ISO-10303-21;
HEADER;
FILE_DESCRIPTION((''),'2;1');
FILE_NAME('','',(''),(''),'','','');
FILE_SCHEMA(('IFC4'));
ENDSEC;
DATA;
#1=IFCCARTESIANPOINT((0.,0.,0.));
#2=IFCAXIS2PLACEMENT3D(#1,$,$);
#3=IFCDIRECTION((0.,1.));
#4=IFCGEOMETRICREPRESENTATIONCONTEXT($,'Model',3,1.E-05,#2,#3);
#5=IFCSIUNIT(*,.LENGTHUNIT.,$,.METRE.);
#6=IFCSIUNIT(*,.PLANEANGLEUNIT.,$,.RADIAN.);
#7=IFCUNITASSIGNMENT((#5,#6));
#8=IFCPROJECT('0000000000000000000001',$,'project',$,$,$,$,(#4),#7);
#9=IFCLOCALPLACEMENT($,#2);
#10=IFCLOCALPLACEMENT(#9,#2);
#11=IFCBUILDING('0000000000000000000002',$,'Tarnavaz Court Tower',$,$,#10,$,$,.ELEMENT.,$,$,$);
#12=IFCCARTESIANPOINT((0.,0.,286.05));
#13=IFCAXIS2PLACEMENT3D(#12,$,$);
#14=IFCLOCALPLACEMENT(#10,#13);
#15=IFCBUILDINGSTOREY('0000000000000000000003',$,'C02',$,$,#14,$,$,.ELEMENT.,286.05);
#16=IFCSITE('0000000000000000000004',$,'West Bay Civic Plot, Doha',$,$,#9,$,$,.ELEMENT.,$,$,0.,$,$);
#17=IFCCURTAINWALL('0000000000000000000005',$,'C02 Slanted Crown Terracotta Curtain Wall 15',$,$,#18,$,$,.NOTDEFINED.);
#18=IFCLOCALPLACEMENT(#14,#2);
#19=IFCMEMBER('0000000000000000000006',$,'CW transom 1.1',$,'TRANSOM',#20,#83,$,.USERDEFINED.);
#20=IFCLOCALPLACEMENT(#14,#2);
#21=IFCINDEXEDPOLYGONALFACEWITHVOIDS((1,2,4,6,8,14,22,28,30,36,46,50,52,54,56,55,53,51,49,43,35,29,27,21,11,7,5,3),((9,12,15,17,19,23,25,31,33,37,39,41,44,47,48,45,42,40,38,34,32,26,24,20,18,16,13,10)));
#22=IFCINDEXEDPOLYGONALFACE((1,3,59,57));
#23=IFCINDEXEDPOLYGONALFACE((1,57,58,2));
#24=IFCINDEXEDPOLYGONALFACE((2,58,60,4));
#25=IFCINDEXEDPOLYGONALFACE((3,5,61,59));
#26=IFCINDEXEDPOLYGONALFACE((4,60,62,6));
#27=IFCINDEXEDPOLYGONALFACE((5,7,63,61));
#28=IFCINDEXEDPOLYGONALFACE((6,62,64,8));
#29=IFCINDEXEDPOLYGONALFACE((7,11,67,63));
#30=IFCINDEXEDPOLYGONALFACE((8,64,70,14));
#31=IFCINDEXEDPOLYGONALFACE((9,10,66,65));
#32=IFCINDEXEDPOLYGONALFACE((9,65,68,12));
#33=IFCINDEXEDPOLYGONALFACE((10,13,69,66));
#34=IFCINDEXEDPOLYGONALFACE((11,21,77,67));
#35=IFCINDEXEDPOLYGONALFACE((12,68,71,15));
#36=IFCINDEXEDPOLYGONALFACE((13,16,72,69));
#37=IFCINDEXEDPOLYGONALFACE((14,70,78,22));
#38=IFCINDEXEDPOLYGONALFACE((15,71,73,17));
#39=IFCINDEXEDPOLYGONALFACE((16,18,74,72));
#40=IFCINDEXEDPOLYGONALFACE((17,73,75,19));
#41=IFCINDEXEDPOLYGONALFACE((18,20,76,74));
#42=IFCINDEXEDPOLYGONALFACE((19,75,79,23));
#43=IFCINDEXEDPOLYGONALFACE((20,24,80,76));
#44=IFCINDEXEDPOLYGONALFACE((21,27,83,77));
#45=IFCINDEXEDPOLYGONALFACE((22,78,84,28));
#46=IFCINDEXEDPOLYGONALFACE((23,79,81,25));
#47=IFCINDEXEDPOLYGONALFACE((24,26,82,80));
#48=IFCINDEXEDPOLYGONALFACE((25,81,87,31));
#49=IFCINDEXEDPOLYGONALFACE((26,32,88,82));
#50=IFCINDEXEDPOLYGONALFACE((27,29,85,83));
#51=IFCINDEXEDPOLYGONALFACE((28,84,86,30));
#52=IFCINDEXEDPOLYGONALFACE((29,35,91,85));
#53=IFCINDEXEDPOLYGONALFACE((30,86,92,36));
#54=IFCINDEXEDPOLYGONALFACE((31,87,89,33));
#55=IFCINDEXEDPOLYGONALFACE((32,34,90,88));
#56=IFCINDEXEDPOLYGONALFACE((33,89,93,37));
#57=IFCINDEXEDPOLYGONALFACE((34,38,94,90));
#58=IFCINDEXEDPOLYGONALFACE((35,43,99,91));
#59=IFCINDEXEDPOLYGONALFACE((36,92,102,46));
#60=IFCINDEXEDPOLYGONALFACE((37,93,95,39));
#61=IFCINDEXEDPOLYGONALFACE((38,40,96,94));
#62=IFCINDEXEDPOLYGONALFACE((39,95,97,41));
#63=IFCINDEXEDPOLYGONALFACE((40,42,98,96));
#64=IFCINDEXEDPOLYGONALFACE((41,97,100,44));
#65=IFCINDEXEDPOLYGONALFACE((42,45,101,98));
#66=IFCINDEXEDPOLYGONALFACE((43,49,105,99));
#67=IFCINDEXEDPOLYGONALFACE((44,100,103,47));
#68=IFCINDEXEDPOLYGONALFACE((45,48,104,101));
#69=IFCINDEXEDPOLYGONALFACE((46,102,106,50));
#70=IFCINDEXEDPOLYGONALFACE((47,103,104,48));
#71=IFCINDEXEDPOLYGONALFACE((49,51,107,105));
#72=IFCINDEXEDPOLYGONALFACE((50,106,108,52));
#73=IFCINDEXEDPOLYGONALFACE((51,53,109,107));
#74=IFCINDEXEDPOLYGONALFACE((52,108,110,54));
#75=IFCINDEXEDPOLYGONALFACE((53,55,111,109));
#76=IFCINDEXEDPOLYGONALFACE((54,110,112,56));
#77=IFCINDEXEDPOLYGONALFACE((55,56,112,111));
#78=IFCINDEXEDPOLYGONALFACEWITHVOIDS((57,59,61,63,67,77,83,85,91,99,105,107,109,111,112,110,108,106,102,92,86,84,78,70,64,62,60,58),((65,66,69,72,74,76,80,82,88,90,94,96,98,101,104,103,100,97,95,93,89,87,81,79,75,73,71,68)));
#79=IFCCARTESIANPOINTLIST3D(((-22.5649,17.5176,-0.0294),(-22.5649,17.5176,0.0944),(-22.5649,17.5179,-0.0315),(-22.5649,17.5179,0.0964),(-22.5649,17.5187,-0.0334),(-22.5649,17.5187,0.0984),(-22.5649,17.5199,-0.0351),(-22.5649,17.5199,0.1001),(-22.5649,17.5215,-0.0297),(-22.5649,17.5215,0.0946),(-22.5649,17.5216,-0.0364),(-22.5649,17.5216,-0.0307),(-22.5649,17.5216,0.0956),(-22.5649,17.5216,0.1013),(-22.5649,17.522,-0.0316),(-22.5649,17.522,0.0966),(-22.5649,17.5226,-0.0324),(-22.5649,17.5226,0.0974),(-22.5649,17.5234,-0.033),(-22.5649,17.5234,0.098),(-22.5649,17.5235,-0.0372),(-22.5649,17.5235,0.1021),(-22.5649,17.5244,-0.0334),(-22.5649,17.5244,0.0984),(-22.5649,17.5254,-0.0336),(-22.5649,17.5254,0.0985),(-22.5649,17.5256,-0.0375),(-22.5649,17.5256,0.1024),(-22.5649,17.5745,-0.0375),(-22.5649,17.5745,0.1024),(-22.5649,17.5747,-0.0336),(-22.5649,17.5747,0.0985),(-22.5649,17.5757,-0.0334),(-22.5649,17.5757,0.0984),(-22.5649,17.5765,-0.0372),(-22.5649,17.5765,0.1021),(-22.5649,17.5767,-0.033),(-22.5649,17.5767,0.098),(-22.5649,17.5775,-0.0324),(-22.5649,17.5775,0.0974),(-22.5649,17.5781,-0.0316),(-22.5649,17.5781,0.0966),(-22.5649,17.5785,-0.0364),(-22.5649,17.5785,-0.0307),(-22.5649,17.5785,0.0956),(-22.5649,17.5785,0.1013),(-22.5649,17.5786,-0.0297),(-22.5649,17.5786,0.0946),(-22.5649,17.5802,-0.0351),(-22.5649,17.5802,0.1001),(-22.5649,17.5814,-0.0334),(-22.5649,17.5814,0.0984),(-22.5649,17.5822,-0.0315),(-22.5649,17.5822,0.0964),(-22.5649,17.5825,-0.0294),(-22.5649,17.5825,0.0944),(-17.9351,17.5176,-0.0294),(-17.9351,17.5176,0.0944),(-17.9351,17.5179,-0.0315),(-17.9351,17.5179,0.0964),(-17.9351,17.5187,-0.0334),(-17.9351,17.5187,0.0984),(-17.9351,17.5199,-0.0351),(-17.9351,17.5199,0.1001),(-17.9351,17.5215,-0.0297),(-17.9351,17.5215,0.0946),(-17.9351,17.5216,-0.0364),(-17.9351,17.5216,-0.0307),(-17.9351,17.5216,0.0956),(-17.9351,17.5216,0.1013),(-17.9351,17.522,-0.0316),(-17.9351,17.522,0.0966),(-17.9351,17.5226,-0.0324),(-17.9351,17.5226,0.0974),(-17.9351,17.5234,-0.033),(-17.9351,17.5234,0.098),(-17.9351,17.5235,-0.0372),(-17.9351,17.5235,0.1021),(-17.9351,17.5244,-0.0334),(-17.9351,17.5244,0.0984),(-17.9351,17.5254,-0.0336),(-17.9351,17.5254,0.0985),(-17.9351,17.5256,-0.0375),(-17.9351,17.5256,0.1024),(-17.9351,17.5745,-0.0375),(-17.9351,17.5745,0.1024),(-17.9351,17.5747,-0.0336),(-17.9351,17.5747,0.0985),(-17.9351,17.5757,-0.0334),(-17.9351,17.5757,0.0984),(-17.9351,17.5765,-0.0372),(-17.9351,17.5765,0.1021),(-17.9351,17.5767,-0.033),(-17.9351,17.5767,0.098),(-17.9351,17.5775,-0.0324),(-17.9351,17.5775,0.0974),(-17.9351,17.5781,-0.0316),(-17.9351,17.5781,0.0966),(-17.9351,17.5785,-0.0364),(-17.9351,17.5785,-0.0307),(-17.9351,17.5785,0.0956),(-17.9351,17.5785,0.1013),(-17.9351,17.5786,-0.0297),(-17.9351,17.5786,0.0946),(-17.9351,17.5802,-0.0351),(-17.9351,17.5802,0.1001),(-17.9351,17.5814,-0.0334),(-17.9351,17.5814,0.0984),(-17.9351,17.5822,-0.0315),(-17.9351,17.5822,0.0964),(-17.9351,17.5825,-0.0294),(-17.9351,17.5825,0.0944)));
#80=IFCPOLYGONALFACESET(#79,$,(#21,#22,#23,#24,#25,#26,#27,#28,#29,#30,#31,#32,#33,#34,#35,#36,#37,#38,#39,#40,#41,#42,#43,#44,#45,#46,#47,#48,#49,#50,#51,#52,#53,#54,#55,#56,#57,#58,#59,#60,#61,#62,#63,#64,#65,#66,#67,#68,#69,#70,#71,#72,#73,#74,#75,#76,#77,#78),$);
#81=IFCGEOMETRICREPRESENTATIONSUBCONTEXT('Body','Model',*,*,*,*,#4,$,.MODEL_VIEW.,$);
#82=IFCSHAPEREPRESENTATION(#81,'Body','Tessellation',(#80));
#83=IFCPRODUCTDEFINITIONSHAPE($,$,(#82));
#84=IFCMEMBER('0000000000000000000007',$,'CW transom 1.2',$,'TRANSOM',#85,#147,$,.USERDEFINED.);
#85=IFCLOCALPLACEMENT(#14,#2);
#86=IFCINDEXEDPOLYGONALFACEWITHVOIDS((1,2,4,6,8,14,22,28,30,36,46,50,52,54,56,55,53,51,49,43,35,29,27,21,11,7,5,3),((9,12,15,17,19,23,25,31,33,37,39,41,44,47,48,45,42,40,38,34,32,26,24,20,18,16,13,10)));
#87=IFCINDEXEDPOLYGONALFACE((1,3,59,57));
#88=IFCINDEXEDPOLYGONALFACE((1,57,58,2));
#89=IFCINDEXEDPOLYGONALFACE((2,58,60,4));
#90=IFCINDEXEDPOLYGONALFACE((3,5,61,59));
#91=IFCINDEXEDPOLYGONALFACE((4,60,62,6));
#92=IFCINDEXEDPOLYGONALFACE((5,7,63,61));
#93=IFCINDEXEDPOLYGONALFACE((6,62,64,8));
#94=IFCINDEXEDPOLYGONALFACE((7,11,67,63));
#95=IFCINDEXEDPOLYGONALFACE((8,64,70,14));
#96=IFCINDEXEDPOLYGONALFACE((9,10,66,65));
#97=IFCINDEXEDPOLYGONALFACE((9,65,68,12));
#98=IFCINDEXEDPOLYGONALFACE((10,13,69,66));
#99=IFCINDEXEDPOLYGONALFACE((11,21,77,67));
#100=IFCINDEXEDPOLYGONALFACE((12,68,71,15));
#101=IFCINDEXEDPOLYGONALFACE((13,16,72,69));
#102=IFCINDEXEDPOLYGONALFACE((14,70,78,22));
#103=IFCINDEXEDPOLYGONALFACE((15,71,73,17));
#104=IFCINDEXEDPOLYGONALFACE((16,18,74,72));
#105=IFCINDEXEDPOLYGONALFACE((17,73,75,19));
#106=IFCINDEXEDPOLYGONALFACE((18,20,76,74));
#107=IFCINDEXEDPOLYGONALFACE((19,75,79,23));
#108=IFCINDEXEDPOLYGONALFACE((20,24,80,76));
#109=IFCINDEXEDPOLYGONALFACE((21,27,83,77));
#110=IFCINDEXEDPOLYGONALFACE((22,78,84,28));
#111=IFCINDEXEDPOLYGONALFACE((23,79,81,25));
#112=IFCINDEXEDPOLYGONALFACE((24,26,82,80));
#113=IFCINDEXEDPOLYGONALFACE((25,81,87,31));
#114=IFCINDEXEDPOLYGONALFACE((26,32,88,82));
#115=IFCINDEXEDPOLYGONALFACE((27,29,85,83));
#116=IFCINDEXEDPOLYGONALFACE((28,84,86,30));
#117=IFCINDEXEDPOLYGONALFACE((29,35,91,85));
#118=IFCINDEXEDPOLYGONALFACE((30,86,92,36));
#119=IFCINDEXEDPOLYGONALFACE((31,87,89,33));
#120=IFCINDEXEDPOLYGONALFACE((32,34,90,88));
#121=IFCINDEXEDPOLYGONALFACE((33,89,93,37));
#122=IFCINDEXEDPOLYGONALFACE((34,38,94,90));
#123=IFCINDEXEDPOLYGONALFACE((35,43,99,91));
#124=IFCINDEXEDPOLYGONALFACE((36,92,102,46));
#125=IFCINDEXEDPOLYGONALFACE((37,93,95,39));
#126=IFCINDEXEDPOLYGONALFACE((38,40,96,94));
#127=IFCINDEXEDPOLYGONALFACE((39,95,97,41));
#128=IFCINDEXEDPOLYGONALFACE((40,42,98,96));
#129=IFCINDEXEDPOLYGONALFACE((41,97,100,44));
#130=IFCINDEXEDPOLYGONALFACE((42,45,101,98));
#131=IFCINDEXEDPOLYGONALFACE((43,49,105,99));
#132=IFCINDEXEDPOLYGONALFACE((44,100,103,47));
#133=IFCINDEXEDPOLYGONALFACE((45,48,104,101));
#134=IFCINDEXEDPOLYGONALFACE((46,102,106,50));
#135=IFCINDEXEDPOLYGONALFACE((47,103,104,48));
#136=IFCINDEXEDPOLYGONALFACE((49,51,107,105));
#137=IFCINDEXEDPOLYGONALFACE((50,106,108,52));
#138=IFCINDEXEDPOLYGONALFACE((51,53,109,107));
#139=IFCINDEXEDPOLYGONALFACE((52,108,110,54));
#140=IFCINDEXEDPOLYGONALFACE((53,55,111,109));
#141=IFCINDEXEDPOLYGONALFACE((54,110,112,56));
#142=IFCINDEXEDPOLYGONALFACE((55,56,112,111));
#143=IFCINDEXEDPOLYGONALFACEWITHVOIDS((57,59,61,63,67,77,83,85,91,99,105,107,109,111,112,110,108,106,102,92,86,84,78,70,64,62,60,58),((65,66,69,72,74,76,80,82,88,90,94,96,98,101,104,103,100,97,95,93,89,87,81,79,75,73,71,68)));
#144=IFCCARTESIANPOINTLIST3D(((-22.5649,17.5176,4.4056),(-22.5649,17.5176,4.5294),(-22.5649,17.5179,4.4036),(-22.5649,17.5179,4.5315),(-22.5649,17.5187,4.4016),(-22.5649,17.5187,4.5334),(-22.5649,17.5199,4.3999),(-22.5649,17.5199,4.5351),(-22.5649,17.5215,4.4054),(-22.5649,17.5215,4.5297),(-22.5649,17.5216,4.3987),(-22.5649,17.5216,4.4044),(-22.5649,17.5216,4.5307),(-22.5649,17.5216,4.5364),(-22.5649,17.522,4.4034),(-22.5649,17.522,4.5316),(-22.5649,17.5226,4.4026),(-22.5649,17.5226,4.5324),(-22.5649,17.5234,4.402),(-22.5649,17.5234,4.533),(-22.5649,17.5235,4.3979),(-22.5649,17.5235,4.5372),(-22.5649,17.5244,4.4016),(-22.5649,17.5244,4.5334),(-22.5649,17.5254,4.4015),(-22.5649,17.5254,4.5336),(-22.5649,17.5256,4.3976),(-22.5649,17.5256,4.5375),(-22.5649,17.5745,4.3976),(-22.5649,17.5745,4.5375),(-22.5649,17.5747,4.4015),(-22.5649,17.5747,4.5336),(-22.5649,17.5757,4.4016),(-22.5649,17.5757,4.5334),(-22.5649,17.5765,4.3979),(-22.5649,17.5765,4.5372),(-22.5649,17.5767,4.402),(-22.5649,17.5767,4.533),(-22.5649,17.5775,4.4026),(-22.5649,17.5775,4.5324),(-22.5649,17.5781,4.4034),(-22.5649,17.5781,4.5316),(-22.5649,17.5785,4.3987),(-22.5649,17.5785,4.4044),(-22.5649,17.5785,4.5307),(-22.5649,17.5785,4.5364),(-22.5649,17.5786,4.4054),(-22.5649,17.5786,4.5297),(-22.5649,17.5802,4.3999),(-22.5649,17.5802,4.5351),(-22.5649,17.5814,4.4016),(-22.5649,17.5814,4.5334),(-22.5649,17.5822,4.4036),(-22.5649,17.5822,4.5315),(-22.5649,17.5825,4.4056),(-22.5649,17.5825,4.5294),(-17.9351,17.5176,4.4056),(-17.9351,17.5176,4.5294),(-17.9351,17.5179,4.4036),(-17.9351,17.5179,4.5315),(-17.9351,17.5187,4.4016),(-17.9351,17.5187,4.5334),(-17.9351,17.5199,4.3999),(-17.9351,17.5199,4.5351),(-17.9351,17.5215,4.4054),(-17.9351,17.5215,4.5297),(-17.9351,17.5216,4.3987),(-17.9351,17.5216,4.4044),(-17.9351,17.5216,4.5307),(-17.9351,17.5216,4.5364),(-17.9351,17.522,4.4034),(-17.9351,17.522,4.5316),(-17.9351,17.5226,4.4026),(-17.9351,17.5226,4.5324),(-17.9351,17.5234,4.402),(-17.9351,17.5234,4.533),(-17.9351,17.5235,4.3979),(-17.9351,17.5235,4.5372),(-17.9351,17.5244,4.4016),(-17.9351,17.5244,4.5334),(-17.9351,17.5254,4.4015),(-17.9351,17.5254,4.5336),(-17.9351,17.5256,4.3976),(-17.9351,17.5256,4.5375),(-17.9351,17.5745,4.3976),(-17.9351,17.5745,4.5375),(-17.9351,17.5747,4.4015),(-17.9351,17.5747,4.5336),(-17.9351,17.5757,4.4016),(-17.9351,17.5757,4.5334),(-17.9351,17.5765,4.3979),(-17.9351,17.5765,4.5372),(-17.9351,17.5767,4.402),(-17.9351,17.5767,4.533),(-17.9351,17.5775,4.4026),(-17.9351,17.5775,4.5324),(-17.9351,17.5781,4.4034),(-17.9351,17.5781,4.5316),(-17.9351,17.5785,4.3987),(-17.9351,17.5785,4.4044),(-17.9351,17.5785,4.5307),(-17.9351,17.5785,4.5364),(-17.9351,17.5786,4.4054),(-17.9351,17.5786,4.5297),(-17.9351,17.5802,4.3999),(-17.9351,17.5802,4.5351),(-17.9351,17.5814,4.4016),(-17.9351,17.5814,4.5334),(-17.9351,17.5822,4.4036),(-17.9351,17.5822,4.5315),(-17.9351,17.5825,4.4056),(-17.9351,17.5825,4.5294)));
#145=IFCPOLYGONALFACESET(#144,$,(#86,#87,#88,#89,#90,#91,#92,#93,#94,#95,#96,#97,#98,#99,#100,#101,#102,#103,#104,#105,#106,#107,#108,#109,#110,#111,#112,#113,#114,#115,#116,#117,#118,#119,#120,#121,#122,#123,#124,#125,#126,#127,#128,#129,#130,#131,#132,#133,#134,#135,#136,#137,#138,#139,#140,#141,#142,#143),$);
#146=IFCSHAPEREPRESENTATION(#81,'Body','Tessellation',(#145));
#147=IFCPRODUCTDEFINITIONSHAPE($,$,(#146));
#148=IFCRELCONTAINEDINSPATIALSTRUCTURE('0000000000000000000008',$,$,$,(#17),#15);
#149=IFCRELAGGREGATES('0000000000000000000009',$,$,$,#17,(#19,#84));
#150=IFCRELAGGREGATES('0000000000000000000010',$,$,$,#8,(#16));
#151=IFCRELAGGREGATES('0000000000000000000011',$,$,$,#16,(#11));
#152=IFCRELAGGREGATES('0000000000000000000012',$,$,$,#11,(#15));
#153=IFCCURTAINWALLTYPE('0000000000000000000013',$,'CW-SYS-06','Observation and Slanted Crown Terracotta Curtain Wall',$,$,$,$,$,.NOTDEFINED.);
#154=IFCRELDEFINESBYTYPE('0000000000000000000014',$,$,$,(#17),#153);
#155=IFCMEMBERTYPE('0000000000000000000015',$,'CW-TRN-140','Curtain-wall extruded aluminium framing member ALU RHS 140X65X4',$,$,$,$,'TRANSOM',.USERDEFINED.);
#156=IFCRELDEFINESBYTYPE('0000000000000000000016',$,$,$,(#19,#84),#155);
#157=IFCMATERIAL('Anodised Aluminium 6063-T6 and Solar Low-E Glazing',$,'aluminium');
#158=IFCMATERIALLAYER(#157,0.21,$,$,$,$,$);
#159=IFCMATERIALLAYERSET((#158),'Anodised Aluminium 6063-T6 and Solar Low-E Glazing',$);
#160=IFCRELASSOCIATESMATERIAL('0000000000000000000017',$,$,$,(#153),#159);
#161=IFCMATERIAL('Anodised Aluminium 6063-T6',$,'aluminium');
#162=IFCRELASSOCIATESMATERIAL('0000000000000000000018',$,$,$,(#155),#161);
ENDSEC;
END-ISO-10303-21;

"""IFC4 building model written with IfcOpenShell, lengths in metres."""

from ifc_helpers import new_model, si_unit, direction, frame, origin, origin_2d, place, context, subcontext, project, spatial, hollow_rectangle, extrude, material, layer, layer_set, material_profile, profile_set, type_object, element, aggregate, save


model = new_model("IFC4")

# Units and contexts
model_context = context("Model", 3, precision=1e-05, world=origin(), true_north=direction((0.0, 1.0)))
body_context = subcontext(model_context, "Body", "Model", "MODEL_VIEW")
ifc_project = project(units=[si_unit("LENGTHUNIT", "METRE"), si_unit("PLANEANGLEUNIT", "RADIAN")], contexts=[model_context])

# Site, building, storey
site_placement = place(None, origin())
site = spatial("IfcSite", under=ifc_project, at=site_placement, Name="West Bay Civic Plot, Doha", CompositionType="ELEMENT", RefElevation=0.0)
building_placement = place(site_placement, origin())
building = spatial("IfcBuilding", under=site, at=building_placement, Name="Tarnavaz Court Tower", CompositionType="ELEMENT")
storey_placement = place(building_placement, frame((0.0, 0.0, 286.05)))
storey = spatial("IfcBuildingStorey", under=building, at=storey_placement, Name="C02", CompositionType="ELEMENT", Elevation=286.05)

# Curtain wall
ifc_material_1 = material(Name="Anodised Aluminium 6063-T6 and Solar Low-E Glazing", Category="aluminium")
ifc_layer_1 = layer(ifc_material_1, 0.21)
ifc_layer_set_1 = layer_set([ifc_layer_1], Name="Anodised Aluminium 6063-T6 and Solar Low-E Glazing")
curtain_wall_type = type_object("IfcCurtainWallType", Name="CW-SYS-06", Description="Observation and Slanted Crown Terracotta Curtain Wall", PredefinedType="NOTDEFINED", material=ifc_layer_set_1)
ifc_material_2 = material(Name="Anodised Aluminium 6063-T6", Category="aluminium")
curtain_wall_1_placement = place(storey_placement, origin())
curtain_wall_1 = element("IfcCurtainWall", 1, at=curtain_wall_1_placement, inside=storey, type_object=curtain_wall_type, Name="C02 Slanted Crown Terracotta Curtain Wall 15", PredefinedType="NOTDEFINED")

# Members
ifc_material_profile_1 = material_profile(ifc_material_2, hollow_rectangle(XDim=0.0649, YDim=0.1399, WallThickness=0.0039, InnerFilletRadius=0.0039, OuterFilletRadius=0.0081, at=origin_2d()), Name="ALU RHS 140X65X4")
ifc_profile_set_1 = profile_set([ifc_material_profile_1], Name="Anodised Aluminium 6063-T6")
member_type_1 = type_object("IfcMemberType", Name="CW-TRN-140", Description="Curtain-wall extruded aluminium framing member ALU RHS 140X65X4", ElementType="TRANSOM", PredefinedType="USERDEFINED", material=ifc_profile_set_1)
member_1_placement = place(storey_placement, frame((-22.5649, 17.55, 0.0325), z_axis=(1.0, 0.0, 0.0), x_axis=(0.0, 1.0, 0.0)))
member_1 = element("IfcMember", 2, at=member_1_placement, type_object=member_type_1, Name="CW transom 1.1", ObjectType="TRANSOM", PredefinedType="USERDEFINED", context=body_context, shape_type="SweptSolid", body=[
    extrude(hollow_rectangle(XDim=0.0649, YDim=0.1399, WallThickness=0.0039, InnerFilletRadius=0.0039, OuterFilletRadius=0.0081, at=origin_2d()), origin(), (0.0, 0.0, 1.0), 4.6299),
])
member_2_placement = place(storey_placement, frame((-22.5649, 17.55, 4.4675), z_axis=(1.0, 0.0, 0.0), x_axis=(0.0, 1.0, 0.0)))
member_2 = element("IfcMember", 3, at=member_2_placement, type_object=member_type_1, Name="CW transom 1.2", ObjectType="TRANSOM", PredefinedType="USERDEFINED", context=body_context, shape_type="SweptSolid", body=[
    extrude(hollow_rectangle(XDim=0.0649, YDim=0.1399, WallThickness=0.0039, InnerFilletRadius=0.0039, OuterFilletRadius=0.0081, at=origin_2d()), origin(), (0.0, 0.0, 1.0), 4.6299),
])

aggregate(curtain_wall_1, [member_1, member_2])

save(model, "model.ifc")
